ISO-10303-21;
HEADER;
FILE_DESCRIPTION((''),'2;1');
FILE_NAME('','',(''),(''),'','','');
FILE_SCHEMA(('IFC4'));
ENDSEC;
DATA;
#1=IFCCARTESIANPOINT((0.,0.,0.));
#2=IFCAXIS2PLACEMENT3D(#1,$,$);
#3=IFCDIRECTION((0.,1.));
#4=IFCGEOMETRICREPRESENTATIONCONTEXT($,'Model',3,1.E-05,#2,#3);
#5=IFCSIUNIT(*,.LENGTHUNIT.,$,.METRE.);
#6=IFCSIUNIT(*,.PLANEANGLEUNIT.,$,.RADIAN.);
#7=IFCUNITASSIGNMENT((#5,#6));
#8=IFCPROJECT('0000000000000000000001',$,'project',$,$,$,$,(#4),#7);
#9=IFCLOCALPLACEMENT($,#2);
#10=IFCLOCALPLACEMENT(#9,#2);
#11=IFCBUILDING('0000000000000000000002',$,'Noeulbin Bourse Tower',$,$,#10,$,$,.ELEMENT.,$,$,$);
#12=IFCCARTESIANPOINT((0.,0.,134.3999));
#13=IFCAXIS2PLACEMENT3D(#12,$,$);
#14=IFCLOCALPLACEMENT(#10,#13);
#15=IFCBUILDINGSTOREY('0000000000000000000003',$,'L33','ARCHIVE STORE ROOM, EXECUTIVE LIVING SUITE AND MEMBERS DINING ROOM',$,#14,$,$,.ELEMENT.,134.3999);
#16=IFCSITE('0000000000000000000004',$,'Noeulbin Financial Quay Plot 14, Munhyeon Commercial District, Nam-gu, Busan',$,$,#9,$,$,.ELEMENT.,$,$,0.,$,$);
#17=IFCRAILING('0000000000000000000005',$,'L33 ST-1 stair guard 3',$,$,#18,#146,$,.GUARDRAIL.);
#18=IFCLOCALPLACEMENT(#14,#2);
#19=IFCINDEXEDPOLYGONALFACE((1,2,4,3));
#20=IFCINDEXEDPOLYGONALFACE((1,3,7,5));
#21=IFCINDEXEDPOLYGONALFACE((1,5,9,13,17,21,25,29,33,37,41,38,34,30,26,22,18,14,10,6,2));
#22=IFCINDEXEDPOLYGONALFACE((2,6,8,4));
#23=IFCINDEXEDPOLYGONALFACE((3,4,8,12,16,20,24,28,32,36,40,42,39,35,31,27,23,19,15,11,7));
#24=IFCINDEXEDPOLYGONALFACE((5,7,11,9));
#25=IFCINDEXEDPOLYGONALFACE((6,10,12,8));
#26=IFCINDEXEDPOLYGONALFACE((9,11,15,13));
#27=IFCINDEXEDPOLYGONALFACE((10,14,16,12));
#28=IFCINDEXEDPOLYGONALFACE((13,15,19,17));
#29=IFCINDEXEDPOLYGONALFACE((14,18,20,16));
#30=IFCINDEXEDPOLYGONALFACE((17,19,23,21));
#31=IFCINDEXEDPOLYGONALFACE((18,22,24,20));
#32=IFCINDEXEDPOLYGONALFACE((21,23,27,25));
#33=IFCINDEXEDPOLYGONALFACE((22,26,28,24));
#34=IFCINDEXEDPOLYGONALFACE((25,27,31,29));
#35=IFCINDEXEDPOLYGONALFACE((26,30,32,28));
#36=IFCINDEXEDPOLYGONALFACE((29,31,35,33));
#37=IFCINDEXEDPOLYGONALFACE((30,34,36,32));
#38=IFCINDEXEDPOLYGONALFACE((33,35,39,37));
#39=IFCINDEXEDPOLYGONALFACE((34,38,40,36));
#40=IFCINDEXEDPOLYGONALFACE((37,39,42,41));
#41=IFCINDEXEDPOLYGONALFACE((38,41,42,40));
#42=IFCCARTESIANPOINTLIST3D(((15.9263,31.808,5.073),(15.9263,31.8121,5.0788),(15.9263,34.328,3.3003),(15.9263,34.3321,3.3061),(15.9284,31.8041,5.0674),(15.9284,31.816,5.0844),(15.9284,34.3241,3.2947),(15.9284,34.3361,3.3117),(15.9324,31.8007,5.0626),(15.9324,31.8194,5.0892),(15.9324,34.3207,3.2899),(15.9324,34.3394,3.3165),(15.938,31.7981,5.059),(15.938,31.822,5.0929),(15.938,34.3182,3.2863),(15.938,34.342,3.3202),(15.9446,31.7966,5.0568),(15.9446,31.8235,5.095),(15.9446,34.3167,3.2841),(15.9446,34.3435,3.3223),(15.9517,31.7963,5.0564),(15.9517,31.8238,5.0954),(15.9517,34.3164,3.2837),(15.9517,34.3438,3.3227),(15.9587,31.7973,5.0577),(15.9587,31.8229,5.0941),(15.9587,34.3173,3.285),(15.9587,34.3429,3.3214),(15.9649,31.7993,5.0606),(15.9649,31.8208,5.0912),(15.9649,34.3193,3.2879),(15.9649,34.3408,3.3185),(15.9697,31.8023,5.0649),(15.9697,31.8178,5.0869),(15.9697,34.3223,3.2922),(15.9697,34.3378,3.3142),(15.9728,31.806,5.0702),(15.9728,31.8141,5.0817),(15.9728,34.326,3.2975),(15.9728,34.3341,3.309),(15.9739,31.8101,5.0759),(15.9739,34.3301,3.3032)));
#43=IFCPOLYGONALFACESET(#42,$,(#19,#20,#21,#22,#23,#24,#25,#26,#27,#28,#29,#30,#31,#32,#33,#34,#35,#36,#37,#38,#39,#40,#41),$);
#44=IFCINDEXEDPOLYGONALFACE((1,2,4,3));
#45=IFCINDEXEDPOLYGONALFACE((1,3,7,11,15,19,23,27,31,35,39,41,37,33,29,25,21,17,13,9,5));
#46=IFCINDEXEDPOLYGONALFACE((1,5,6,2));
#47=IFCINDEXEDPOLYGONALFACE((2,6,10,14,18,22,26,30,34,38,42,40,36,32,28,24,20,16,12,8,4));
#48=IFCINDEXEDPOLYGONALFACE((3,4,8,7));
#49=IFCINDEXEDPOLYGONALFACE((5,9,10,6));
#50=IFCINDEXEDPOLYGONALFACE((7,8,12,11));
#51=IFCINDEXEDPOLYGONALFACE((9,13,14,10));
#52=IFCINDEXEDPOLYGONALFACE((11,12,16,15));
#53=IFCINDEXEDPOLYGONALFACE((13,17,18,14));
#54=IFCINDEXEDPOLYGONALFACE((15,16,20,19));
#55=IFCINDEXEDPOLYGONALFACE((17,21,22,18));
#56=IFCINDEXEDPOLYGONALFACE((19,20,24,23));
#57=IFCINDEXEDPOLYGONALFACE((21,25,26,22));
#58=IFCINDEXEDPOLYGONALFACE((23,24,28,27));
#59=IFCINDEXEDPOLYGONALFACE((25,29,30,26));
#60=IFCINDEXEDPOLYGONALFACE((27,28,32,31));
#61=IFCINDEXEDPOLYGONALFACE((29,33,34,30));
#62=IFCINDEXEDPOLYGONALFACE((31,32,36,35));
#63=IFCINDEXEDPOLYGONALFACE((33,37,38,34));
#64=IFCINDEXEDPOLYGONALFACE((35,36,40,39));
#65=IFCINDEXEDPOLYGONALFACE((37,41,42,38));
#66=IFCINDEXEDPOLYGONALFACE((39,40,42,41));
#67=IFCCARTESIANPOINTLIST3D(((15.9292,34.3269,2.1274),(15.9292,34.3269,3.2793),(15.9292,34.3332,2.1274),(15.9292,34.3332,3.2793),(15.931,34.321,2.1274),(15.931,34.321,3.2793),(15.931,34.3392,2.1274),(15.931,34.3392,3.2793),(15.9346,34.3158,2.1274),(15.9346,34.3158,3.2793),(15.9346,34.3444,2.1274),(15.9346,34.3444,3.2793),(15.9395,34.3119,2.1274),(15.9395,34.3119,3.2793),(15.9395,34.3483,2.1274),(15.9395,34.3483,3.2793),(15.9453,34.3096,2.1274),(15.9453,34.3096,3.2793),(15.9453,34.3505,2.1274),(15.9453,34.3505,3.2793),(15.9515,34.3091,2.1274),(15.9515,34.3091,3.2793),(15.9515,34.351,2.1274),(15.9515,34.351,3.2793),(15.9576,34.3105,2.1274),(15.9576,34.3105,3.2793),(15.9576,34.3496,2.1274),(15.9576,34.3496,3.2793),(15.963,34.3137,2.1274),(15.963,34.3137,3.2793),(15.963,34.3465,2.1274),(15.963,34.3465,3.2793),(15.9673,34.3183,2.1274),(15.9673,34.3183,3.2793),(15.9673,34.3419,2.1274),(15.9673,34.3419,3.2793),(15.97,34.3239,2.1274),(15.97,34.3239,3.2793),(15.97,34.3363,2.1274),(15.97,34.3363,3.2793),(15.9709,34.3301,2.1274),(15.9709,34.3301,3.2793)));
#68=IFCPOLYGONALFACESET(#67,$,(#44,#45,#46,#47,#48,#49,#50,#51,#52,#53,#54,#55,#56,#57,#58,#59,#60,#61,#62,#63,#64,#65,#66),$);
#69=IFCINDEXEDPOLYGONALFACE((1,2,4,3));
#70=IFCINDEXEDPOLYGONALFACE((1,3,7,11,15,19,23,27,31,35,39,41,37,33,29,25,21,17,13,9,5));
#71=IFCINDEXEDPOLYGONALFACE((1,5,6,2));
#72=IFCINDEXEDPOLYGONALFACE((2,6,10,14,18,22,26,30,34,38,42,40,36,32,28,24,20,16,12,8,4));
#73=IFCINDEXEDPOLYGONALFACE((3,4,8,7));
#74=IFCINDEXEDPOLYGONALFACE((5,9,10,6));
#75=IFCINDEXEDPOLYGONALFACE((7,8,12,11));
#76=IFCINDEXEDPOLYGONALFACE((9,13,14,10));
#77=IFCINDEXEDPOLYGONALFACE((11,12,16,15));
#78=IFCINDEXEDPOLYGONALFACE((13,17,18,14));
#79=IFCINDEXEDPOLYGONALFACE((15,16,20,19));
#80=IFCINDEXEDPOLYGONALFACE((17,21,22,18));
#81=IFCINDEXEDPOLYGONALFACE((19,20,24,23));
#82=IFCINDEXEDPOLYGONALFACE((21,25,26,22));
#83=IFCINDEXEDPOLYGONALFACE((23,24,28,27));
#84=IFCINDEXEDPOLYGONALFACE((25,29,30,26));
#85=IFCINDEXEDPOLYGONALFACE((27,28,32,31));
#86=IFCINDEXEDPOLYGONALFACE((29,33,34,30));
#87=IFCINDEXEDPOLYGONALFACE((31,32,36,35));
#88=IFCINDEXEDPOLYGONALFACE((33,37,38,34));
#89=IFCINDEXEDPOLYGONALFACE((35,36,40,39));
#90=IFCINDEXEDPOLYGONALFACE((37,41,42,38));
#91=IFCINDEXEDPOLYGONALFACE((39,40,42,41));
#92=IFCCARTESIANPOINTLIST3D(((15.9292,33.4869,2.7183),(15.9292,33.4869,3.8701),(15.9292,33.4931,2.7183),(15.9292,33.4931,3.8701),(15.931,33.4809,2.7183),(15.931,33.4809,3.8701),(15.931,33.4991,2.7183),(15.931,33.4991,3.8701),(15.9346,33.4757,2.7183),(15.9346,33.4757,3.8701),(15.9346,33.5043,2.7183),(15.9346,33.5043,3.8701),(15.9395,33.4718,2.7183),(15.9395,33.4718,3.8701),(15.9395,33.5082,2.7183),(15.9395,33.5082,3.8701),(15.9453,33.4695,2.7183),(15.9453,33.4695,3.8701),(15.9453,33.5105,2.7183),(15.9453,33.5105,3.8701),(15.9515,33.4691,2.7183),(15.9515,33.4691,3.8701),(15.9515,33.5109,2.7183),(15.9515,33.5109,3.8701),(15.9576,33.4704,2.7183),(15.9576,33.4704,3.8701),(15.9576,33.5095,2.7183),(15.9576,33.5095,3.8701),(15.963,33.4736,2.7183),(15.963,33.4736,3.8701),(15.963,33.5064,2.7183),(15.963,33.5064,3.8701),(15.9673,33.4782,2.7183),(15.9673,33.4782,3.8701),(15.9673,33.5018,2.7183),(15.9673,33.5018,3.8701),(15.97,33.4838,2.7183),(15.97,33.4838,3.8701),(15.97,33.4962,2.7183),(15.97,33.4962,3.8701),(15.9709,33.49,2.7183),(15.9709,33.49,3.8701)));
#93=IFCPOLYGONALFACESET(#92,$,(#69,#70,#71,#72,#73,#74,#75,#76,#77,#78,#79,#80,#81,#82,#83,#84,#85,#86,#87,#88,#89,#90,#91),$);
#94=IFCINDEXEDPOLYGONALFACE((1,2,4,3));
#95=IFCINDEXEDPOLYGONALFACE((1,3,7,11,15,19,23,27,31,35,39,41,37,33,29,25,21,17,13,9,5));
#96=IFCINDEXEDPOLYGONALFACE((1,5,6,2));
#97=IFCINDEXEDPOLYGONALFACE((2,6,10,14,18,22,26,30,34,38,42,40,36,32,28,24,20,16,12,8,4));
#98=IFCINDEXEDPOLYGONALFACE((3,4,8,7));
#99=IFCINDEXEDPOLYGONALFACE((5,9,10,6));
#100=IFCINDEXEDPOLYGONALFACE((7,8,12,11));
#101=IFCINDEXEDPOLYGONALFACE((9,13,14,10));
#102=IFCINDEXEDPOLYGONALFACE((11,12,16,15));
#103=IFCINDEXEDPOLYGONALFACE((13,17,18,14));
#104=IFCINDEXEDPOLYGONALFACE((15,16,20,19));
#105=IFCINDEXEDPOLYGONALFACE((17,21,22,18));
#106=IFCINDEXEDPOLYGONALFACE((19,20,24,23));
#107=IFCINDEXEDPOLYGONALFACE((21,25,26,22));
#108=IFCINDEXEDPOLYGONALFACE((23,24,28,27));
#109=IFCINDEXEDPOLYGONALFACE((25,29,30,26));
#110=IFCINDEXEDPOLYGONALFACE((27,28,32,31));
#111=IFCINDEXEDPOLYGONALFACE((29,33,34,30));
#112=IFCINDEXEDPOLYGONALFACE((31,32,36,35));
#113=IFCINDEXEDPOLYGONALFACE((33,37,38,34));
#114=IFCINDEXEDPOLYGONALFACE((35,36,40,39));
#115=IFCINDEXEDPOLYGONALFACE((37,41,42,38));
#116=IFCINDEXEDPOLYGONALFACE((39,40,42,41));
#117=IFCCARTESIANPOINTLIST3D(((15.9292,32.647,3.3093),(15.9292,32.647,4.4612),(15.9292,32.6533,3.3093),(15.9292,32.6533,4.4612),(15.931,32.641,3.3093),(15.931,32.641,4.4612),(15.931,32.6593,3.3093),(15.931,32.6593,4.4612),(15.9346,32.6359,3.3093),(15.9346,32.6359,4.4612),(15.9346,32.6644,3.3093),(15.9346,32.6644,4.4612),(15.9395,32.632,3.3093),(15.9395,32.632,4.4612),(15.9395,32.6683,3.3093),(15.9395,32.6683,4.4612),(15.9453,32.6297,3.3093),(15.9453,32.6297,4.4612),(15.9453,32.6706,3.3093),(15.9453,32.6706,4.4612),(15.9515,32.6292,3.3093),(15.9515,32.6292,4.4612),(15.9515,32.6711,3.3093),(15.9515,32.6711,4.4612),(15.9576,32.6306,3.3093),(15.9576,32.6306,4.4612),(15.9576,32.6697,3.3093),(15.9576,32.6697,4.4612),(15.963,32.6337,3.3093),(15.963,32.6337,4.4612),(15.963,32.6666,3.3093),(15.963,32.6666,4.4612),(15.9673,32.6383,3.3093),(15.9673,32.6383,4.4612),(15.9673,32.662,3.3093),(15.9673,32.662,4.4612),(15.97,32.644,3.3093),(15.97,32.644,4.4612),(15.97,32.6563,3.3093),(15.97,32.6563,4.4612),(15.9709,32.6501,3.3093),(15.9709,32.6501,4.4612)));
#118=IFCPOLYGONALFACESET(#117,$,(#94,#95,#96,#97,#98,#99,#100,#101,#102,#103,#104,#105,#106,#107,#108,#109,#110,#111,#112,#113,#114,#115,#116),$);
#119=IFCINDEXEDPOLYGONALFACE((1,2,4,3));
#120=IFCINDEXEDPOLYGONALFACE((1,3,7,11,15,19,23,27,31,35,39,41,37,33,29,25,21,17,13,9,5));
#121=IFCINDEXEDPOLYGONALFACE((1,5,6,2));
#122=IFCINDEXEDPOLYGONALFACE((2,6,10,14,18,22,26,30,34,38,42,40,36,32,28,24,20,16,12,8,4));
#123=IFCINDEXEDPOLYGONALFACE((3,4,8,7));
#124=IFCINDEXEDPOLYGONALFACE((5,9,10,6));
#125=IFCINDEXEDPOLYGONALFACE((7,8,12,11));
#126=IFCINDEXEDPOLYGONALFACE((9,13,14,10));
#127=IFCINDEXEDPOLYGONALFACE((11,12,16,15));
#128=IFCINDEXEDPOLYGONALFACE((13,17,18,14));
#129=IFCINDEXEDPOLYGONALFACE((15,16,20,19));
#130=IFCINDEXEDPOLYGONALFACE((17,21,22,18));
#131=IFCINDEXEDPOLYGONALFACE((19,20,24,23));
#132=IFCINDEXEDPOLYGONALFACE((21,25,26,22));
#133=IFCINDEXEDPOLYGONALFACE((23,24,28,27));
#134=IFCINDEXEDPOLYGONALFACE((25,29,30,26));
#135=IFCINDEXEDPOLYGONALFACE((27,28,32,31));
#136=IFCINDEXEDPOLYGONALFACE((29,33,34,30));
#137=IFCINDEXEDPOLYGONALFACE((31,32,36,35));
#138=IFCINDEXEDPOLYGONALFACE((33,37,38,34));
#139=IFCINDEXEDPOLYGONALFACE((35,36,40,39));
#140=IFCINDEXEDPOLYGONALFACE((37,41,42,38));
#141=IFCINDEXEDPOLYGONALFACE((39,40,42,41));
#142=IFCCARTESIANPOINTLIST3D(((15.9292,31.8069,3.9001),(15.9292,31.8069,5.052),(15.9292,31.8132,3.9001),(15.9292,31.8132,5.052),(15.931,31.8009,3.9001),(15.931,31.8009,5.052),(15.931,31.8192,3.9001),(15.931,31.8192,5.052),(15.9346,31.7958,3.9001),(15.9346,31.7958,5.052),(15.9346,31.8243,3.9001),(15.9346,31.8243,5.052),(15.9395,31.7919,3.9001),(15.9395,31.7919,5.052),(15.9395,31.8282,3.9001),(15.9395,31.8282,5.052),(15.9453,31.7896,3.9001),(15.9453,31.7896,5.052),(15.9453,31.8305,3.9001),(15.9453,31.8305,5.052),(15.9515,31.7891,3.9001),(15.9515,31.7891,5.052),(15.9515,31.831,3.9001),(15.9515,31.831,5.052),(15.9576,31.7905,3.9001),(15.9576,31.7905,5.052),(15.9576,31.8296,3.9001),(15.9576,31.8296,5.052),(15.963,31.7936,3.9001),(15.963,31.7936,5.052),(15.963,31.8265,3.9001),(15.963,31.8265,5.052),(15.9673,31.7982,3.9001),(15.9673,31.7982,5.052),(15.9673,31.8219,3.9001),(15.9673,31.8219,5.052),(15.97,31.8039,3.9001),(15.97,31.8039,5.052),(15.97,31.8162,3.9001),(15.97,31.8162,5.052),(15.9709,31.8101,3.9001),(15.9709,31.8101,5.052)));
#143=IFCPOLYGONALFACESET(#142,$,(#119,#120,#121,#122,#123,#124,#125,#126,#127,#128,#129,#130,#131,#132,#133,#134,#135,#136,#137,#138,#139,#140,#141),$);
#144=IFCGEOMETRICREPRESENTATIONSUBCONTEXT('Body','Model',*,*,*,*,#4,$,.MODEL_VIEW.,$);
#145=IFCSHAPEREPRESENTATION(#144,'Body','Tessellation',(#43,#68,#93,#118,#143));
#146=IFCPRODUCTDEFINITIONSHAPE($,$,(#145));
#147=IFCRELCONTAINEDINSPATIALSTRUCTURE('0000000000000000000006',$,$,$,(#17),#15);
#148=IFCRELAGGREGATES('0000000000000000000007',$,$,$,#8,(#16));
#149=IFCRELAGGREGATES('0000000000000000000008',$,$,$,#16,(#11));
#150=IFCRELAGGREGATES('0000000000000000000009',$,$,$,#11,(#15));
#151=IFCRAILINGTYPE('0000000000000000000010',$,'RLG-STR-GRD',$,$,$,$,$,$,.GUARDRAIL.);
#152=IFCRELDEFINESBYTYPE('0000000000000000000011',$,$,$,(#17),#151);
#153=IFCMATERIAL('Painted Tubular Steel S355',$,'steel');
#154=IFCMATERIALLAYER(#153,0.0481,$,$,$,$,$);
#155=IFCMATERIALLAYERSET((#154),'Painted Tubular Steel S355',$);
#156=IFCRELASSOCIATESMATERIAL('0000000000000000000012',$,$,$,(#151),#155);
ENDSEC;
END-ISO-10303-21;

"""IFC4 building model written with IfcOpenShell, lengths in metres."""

from ifc_helpers import new_model, si_unit, direction, frame, origin, origin_2d, place, context, subcontext, project, spatial, circle, extrude, material, layer, layer_set, type_object, element, save


model = new_model("IFC4")

# Units and contexts
model_context = context("Model", 3, precision=1e-05, world=origin(), true_north=direction((0.0, 1.0)))
body_context = subcontext(model_context, "Body", "Model", "MODEL_VIEW")
ifc_project = project(units=[si_unit("LENGTHUNIT", "METRE"), si_unit("PLANEANGLEUNIT", "RADIAN")], contexts=[model_context])

# Site, building, storey
site_placement = place(None, origin())
site = spatial("IfcSite", under=ifc_project, at=site_placement, Name="Noeulbin Financial Quay Plot 14, Munhyeon Commercial District, Nam-gu, Busan", CompositionType="ELEMENT", RefElevation=0.0)
building_placement = place(site_placement, origin())
building = spatial("IfcBuilding", under=site, at=building_placement, Name="Noeulbin Bourse Tower", CompositionType="ELEMENT")
storey_placement = place(building_placement, frame((0.0, 0.0, 134.3999)))
storey = spatial("IfcBuildingStorey", under=building, at=storey_placement, Name="L33", Description="ARCHIVE STORE ROOM, EXECUTIVE LIVING SUITE AND MEMBERS DINING ROOM", CompositionType="ELEMENT", Elevation=134.3999)

# Railing
ifc_material_1 = material(Name="Painted Tubular Steel S355", Category="steel")
ifc_layer_1 = layer(ifc_material_1, 0.0481)
ifc_layer_set_1 = layer_set([ifc_layer_1], Name="Painted Tubular Steel S355")
railing_type_1 = type_object("IfcRailingType", Name="RLG-STR-GRD", PredefinedType="GUARDRAIL", material=ifc_layer_set_1)
railing_1_placement = place(storey_placement, frame((15.95, 34.3301, 2.1274)))
element("IfcRailing", 1, at=railing_1_placement, inside=storey, type_object=railing_type_1, Name="L33 ST-1 stair guard 3", PredefinedType="GUARDRAIL", context=body_context, shape_type="SweptSolid", body=[
    extrude(circle(Radius=0.0239, at=origin_2d()), frame((0.0, 0.0, 1.1758), z_axis=(0.0, -0.817904, 0.575354), x_axis=(1.0, 0.0, 0.0)), (0.0, 0.0, 1.0), 3.0811),
    extrude(circle(Radius=0.021, at=origin_2d()), origin(), (0.0, 0.0, 1.0), 1.1519),
    extrude(circle(Radius=0.021, at=origin_2d()), frame((0.0, -0.8401, 0.5908)), (0.0, 0.0, 1.0), 1.1519),
    extrude(circle(Radius=0.021, at=origin_2d()), frame((0.0, -1.6799, 1.1819)), (0.0, 0.0, 1.0), 1.1519),
    extrude(circle(Radius=0.021, at=origin_2d()), frame((0.0, -2.52, 1.7727)), (0.0, 0.0, 1.0), 1.1519),
])

save(model, "model.ifc")
